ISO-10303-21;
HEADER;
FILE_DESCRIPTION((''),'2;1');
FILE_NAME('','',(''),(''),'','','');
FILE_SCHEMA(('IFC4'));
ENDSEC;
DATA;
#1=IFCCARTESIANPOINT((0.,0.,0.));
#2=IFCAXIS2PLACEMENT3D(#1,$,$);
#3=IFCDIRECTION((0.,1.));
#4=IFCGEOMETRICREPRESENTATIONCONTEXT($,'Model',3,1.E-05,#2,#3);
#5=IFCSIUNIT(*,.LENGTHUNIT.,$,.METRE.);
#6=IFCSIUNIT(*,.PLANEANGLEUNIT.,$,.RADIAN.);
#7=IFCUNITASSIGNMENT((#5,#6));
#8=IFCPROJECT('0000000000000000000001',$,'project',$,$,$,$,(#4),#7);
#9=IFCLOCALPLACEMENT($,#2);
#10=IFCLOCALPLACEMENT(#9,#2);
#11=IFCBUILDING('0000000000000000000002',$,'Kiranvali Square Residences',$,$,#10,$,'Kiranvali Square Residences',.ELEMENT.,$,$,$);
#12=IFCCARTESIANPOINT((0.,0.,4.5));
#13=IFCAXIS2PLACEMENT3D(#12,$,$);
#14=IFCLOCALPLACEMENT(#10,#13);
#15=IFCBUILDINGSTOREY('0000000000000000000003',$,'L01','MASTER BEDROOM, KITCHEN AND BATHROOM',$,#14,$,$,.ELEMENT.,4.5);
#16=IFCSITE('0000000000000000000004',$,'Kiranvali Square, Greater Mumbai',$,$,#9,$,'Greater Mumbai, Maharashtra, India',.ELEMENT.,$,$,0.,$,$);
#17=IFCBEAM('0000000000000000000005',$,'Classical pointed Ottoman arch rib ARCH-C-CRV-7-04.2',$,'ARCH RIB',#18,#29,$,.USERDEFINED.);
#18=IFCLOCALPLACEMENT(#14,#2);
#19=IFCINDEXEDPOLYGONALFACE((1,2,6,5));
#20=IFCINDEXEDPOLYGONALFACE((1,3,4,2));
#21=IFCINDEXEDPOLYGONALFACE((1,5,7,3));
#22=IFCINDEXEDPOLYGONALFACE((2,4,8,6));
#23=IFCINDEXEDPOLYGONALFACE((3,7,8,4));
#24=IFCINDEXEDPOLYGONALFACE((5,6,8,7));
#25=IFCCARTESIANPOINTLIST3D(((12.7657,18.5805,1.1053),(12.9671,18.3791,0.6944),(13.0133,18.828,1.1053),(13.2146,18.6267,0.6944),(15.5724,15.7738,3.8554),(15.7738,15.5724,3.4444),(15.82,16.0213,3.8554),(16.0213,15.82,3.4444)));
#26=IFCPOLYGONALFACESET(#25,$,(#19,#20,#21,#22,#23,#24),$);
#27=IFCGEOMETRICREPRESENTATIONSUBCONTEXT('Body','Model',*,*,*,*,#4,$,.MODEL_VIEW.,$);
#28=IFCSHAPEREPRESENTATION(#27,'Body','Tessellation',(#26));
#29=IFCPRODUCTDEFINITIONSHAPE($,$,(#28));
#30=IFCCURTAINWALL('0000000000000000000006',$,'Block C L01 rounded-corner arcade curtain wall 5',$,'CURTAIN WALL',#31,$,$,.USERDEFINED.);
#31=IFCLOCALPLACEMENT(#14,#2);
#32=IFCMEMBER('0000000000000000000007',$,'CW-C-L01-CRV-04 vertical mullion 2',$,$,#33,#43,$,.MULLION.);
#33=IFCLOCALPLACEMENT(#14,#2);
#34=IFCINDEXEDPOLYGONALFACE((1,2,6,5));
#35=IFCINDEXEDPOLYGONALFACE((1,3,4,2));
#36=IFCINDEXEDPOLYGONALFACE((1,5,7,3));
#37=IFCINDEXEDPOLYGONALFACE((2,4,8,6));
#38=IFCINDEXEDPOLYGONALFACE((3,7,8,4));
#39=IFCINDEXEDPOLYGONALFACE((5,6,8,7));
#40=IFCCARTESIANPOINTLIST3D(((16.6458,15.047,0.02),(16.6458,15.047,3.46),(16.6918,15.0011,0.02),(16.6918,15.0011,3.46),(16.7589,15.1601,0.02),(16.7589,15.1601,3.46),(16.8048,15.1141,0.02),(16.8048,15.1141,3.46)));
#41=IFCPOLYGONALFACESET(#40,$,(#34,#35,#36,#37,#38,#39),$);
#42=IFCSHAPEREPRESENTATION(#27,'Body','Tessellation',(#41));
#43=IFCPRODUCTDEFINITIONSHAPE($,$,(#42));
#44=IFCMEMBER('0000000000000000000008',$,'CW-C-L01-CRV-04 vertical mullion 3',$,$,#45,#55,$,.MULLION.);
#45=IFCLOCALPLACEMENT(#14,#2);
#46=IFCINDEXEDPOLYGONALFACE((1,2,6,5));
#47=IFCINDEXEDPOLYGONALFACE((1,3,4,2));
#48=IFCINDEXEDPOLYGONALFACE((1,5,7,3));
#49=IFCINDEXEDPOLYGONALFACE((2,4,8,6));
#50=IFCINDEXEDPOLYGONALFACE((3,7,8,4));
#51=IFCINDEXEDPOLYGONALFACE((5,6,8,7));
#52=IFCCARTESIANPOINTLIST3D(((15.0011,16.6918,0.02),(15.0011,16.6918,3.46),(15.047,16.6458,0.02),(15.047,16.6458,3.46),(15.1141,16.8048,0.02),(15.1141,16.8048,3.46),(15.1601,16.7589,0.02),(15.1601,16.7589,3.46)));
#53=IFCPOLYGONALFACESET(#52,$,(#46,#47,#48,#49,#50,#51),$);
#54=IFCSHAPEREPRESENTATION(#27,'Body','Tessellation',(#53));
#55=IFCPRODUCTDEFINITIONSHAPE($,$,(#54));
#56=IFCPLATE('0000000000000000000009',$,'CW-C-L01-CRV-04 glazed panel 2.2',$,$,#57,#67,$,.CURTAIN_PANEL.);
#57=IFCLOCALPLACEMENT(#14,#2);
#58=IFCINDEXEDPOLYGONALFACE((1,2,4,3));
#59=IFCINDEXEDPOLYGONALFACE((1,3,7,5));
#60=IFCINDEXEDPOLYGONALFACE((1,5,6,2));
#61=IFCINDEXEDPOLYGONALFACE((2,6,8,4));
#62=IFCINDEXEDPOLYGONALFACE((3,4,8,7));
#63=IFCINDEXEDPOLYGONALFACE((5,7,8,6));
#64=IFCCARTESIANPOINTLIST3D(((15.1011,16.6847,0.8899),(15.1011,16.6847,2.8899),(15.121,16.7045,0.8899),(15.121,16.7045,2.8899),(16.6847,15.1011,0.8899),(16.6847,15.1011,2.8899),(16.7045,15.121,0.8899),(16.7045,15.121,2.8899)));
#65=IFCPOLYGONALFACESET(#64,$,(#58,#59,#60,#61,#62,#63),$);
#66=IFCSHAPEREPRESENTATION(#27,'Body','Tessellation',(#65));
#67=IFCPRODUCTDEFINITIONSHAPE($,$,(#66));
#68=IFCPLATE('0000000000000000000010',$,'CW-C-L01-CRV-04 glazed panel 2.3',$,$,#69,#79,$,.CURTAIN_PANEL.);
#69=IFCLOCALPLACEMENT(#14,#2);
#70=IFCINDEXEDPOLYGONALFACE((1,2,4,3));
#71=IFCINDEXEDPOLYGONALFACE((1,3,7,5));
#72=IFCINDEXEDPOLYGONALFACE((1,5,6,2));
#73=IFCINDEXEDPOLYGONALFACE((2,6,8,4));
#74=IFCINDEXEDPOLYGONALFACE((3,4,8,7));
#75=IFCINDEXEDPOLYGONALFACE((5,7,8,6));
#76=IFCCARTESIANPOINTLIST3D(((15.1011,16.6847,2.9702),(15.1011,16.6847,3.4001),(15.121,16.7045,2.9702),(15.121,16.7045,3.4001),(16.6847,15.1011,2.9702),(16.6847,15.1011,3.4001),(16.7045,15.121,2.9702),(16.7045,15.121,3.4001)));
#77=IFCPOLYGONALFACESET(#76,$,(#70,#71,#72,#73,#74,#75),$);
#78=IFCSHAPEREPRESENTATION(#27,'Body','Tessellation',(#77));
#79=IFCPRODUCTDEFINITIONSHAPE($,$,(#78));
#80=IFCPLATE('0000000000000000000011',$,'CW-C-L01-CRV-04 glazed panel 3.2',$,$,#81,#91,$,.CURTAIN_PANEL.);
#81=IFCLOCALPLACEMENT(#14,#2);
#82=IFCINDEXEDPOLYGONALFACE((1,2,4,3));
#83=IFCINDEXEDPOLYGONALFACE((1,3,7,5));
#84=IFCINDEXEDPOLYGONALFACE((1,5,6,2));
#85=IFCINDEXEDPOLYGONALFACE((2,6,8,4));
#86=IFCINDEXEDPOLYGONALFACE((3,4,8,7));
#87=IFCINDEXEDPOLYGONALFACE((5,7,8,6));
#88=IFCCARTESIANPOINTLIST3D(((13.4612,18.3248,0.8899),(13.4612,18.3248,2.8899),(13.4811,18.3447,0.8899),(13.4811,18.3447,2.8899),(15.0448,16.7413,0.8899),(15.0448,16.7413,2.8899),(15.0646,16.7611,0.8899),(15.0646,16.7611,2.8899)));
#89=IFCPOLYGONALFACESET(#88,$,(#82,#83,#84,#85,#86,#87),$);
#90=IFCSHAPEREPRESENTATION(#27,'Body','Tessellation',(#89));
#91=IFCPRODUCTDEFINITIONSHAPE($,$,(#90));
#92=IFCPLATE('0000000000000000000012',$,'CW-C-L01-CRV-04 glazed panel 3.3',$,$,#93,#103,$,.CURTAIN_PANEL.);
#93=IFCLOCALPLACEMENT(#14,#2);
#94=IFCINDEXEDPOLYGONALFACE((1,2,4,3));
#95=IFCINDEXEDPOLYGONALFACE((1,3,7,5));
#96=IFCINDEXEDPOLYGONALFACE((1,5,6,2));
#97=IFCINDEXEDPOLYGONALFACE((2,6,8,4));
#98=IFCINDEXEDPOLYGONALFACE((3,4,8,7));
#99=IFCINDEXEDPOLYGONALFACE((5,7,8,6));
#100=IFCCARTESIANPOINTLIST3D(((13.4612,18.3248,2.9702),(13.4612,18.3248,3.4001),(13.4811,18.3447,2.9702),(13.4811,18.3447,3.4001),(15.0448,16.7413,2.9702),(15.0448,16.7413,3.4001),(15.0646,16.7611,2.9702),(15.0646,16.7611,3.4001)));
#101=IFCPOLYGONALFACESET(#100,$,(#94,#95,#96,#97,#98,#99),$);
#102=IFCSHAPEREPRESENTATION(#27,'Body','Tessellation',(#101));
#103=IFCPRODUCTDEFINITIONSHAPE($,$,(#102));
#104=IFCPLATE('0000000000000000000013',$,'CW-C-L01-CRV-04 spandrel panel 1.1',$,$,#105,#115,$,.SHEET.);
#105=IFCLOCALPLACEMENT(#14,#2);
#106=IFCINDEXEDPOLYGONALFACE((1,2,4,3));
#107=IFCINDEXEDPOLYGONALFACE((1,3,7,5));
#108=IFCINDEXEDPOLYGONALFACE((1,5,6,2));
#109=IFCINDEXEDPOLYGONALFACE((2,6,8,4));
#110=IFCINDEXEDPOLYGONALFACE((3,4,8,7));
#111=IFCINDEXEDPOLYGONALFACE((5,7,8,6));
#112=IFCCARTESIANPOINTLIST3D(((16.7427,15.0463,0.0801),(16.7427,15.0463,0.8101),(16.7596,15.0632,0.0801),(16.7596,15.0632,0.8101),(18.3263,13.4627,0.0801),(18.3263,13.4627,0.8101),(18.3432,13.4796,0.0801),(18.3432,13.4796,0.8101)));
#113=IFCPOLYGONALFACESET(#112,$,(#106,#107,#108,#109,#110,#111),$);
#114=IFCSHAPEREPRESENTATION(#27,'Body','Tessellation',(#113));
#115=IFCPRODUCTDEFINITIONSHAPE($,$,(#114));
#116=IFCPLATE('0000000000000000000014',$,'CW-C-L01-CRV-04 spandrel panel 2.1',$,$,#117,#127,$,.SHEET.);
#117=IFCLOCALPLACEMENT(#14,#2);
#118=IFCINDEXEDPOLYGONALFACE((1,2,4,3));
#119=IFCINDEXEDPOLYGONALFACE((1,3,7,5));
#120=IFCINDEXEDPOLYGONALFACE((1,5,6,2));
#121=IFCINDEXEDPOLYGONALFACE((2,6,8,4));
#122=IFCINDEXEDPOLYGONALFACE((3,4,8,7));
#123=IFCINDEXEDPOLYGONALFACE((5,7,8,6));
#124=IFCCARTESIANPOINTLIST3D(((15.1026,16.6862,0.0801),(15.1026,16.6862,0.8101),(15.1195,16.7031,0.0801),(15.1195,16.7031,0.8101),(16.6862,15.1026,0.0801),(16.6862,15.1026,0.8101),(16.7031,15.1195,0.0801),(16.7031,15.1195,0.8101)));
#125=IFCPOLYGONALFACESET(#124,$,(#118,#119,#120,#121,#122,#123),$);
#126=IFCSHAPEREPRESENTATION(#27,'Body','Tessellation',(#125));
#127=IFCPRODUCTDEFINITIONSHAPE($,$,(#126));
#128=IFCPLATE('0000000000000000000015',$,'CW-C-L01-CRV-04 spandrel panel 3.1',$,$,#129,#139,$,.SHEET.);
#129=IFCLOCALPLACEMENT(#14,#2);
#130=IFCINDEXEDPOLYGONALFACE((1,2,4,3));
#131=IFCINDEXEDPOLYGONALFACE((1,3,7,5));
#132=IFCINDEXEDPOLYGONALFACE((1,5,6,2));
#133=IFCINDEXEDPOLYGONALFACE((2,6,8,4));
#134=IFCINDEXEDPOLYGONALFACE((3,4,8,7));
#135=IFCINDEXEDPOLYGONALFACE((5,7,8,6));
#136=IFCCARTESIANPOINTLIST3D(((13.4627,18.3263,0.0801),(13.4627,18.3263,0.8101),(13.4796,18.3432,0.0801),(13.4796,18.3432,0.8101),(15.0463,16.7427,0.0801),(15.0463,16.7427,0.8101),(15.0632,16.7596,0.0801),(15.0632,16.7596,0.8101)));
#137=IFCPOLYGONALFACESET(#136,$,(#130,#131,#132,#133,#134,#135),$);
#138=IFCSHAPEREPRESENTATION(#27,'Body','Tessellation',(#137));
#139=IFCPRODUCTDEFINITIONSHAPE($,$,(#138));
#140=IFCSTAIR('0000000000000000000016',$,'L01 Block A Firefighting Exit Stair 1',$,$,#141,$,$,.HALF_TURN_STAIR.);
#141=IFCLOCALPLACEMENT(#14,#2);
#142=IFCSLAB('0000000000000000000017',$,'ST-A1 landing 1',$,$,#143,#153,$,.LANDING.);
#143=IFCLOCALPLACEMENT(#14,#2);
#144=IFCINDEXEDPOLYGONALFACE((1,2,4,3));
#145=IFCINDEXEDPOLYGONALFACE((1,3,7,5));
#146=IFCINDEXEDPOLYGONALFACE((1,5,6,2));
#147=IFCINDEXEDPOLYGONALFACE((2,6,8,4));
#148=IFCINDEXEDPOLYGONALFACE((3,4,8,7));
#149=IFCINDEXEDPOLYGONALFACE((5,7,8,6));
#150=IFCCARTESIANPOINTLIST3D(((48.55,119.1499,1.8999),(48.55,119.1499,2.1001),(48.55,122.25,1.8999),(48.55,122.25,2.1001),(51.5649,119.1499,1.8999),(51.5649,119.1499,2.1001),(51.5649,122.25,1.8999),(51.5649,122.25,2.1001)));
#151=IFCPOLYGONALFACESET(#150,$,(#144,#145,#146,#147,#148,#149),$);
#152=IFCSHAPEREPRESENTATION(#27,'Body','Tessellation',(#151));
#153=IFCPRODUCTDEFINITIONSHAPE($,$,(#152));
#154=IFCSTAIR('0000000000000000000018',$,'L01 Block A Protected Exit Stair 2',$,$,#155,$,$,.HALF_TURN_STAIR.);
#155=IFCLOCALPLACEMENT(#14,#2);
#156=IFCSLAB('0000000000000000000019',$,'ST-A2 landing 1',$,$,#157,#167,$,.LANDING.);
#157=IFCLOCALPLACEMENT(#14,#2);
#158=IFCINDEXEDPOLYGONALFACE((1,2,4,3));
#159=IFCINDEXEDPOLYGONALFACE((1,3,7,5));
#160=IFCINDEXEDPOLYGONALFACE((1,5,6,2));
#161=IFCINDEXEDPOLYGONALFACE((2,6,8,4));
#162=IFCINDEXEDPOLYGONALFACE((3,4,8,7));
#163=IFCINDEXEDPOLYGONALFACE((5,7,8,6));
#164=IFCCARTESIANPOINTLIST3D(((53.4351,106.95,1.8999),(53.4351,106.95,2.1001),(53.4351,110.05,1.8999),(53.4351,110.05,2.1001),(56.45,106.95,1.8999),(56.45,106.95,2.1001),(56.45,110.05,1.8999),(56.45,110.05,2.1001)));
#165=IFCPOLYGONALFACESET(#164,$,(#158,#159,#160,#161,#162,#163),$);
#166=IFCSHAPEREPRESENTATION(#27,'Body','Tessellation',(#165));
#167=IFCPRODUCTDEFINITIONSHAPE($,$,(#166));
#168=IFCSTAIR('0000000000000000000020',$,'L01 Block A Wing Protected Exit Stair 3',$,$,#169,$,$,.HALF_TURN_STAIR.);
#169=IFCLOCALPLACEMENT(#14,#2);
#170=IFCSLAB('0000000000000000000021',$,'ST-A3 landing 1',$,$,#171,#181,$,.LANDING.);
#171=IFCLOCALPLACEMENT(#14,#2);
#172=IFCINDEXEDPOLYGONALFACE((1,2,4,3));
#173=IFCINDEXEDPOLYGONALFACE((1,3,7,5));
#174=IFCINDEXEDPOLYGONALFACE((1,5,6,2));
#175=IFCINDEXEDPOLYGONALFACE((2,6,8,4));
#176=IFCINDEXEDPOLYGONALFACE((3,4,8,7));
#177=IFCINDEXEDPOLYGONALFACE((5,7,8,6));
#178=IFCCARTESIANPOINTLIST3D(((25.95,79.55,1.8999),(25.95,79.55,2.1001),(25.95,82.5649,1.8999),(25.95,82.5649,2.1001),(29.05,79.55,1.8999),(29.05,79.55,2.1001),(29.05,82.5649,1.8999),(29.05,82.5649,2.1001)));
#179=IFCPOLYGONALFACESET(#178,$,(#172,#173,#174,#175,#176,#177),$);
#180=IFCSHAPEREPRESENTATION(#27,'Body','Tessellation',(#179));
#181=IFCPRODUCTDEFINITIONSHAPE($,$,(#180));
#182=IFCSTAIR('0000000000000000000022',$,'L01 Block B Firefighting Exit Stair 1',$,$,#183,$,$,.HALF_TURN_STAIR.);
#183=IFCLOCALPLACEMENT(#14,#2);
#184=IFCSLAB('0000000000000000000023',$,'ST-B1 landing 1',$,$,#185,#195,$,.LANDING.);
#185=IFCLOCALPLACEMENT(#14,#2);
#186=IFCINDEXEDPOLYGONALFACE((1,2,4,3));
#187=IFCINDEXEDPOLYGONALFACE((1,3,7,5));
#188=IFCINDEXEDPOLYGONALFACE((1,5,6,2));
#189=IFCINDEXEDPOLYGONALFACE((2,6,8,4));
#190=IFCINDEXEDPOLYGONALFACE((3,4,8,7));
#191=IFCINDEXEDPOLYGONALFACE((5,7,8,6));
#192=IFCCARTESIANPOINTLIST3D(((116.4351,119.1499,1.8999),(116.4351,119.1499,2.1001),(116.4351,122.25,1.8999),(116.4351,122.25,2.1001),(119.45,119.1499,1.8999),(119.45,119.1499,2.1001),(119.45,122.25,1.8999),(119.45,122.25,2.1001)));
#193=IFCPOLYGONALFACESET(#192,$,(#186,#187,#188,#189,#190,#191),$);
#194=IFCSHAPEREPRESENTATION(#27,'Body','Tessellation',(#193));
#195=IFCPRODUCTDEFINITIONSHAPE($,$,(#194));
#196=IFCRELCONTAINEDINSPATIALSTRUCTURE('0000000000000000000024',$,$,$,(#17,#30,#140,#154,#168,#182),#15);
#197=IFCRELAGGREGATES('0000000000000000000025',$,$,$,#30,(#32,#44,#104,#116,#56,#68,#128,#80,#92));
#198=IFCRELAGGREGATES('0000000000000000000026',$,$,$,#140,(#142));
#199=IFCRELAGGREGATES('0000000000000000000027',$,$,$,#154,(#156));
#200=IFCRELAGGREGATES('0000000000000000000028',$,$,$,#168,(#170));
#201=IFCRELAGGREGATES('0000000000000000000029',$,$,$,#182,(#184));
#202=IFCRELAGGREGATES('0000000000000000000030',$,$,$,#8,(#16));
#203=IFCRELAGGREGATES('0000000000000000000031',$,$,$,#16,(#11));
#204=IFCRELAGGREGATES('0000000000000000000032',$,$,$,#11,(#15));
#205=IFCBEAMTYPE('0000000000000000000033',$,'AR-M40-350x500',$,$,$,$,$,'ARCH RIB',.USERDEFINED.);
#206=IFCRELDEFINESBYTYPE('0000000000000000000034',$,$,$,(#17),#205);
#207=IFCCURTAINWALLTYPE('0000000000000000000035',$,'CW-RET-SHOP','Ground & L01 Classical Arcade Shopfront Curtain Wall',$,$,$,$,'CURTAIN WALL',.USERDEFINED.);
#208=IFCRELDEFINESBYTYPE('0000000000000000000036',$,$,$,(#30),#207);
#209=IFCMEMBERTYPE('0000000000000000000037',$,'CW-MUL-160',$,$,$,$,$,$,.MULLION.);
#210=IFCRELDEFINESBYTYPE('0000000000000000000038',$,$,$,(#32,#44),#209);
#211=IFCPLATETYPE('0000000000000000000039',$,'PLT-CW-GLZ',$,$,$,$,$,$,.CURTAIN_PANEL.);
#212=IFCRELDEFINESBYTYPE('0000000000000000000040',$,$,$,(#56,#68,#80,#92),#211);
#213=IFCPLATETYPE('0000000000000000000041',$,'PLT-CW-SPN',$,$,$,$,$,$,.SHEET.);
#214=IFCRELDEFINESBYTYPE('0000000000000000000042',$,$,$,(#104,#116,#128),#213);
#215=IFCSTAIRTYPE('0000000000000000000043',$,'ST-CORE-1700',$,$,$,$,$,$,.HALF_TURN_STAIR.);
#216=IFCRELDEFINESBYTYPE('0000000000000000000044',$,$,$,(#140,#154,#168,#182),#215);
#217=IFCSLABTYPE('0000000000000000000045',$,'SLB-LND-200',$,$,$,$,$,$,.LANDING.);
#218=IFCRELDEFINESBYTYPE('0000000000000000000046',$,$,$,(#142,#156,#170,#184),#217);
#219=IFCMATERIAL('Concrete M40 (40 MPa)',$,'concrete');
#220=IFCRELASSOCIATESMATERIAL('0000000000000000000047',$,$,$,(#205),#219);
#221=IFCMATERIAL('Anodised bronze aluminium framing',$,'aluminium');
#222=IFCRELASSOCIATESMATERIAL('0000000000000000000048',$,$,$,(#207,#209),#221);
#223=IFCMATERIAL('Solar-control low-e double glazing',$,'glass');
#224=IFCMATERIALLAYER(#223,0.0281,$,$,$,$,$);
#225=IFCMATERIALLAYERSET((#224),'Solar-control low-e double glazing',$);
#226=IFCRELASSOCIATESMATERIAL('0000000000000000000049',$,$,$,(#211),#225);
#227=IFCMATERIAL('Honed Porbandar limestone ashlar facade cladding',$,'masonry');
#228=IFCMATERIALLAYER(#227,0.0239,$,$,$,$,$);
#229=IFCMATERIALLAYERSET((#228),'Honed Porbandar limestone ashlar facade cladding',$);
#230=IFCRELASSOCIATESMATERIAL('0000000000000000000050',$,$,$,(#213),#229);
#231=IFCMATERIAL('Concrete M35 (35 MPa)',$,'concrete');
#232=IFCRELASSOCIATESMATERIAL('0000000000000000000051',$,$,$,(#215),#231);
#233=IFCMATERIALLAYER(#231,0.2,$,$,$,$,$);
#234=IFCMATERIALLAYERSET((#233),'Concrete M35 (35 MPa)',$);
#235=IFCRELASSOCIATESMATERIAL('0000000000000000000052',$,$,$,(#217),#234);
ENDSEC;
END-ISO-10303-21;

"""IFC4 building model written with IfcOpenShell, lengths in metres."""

from ifc_helpers import new_model, si_unit, direction, frame, origin, origin_2d, place, context, subcontext, project, spatial, polyline, rectangle, outline, extrude, material, layer, layer_set, material_profile, profile_set, type_object, element, aggregate, save


model = new_model("IFC4")

# Units and contexts
model_context = context("Model", 3, precision=1e-05, world=origin(), true_north=direction((0.0, 1.0)))
body_context = subcontext(model_context, "Body", "Model", "MODEL_VIEW")
ifc_project = project(units=[si_unit("LENGTHUNIT", "METRE"), si_unit("PLANEANGLEUNIT", "RADIAN")], contexts=[model_context])

# Site, building, storey
site_placement = place(None, origin())
site = spatial("IfcSite", under=ifc_project, at=site_placement, Name="Kiranvali Square, Greater Mumbai", LongName="Greater Mumbai, Maharashtra, India", CompositionType="ELEMENT", RefElevation=0.0)
building_placement = place(site_placement, origin())
building = spatial("IfcBuilding", under=site, at=building_placement, Name="Kiranvali Square Residences", LongName="Kiranvali Square Residences", CompositionType="ELEMENT")
storey_placement = place(building_placement, frame((0.0, 0.0, 4.5)))
storey = spatial("IfcBuildingStorey", under=building, at=storey_placement, Name="L01", Description="MASTER BEDROOM, KITCHEN AND BATHROOM", CompositionType="ELEMENT", Elevation=4.5)

# Beam
ifc_material_1 = material(Name="Concrete M40 (40 MPa)", Category="concrete")
ifc_material_profile_1 = material_profile(ifc_material_1, rectangle(XDim=0.3501, YDim=0.5, at=origin_2d()), Name="RC 350x500")
ifc_profile_set_1 = profile_set([ifc_material_profile_1], Name="Concrete M40 (40 MPa)")
beam_type = type_object("IfcBeamType", Name="AR-M40-350x500", ElementType="ARCH RIB", PredefinedType="USERDEFINED", material=ifc_profile_set_1)
beam_placement = place(storey_placement, frame((15.7969, 15.7969, 3.6499), z_axis=(-0.581234, 0.581234, -0.569504), x_axis=(-0.707107, -0.707107, 0.0)))
element("IfcBeam", 1, at=beam_placement, inside=storey, type_object=beam_type, Name="Classical pointed Ottoman arch rib ARCH-C-CRV-7-04.2", ObjectType="ARCH RIB", PredefinedType="USERDEFINED", context=body_context, shape_type="SweptSolid", body=[
    extrude(rectangle(XDim=0.3501, YDim=0.5, at=origin_2d()), origin(), (0.0, 0.0, 1.0), 4.8289),
])

# Curtain wall, members, plates
ifc_material_2 = material(Name="Anodised bronze aluminium framing", Category="aluminium")
curtain_wall_type = type_object("IfcCurtainWallType", Name="CW-RET-SHOP", Description="Ground & L01 Classical Arcade Shopfront Curtain Wall", ElementType="CURTAIN WALL", PredefinedType="USERDEFINED", material=ifc_material_2)
curtain_wall_placement = place(storey_placement, origin())
curtain_wall = element("IfcCurtainWall", 2, at=curtain_wall_placement, inside=storey, type_object=curtain_wall_type, Name="Block C L01 rounded-corner arcade curtain wall 5", ObjectType="CURTAIN WALL", PredefinedType="USERDEFINED")
ifc_material_profile_2 = material_profile(ifc_material_2, rectangle(XDim=0.0649, YDim=0.1599, at=origin_2d()), Name="ALU 65x160")
ifc_profile_set_2 = profile_set([ifc_material_profile_2], Name="Anodised bronze aluminium framing")
member_type = type_object("IfcMemberType", Name="CW-MUL-160", PredefinedType="MULLION", material=ifc_profile_set_2)
member_1_placement = place(storey_placement, frame((16.7253, 15.0806, 0.02), z_axis=(0.0, 0.0, 1.0), x_axis=(-0.707107, 0.707107, 0.0)))
member_1 = element("IfcMember", 3, at=member_1_placement, type_object=member_type, Name="CW-C-L01-CRV-04 vertical mullion 2", PredefinedType="MULLION", context=body_context, shape_type="SweptSolid", body=[
    extrude(rectangle(XDim=0.0649, YDim=0.1599, at=origin_2d()), origin(), (0.0, 0.0, 1.0), 3.4399),
])
member_2_placement = place(storey_placement, frame((15.0806, 16.7253, 0.02), z_axis=(0.0, 0.0, 1.0), x_axis=(-0.707107, 0.707107, 0.0)))
member_2 = element("IfcMember", 4, at=member_2_placement, type_object=member_type, Name="CW-C-L01-CRV-04 vertical mullion 3", PredefinedType="MULLION", context=body_context, shape_type="SweptSolid", body=[
    extrude(rectangle(XDim=0.0649, YDim=0.1599, at=origin_2d()), origin(), (0.0, 0.0, 1.0), 3.4399),
])
ifc_material_3 = material(Name="Solar-control low-e double glazing", Category="glass")
ifc_layer_1 = layer(ifc_material_3, 0.0281)
ifc_layer_set_1 = layer_set([ifc_layer_1], Name="Solar-control low-e double glazing")
plate_type_1 = type_object("IfcPlateType", Name="PLT-CW-GLZ", PredefinedType="CURTAIN_PANEL", material=ifc_layer_set_1)
plate_1_placement = place(storey_placement, frame((15.9028, 15.9028, 0.8899), z_axis=(0.0, 0.0, 1.0), x_axis=(-0.707107, 0.707107, 0.0)))
plate_1 = element("IfcPlate", 5, at=plate_1_placement, type_object=plate_type_1, Name="CW-C-L01-CRV-04 glazed panel 2.2", PredefinedType="CURTAIN_PANEL", context=body_context, shape_type="SweptSolid", body=[
    extrude(rectangle(XDim=2.2395, YDim=0.0281, at=origin_2d()), origin(), (0.0, 0.0, 1.0), 2.0),
])
plate_2_placement = place(storey_placement, frame((15.9028, 15.9028, 2.9702), z_axis=(0.0, 0.0, 1.0), x_axis=(-0.707107, 0.707107, 0.0)))
plate_2 = element("IfcPlate", 6, at=plate_2_placement, type_object=plate_type_1, Name="CW-C-L01-CRV-04 glazed panel 2.3", PredefinedType="CURTAIN_PANEL", context=body_context, shape_type="SweptSolid", body=[
    extrude(rectangle(XDim=2.2395, YDim=0.0281, at=origin_2d()), origin(), (0.0, 0.0, 1.0), 0.4299),
])
plate_3_placement = place(storey_placement, frame((14.2629, 17.543, 0.8899), z_axis=(0.0, 0.0, 1.0), x_axis=(-0.707107, 0.707107, 0.0)))
plate_3 = element("IfcPlate", 7, at=plate_3_placement, type_object=plate_type_1, Name="CW-C-L01-CRV-04 glazed panel 3.2", PredefinedType="CURTAIN_PANEL", context=body_context, shape_type="SweptSolid", body=[
    extrude(rectangle(XDim=2.2395, YDim=0.0281, at=origin_2d()), origin(), (0.0, 0.0, 1.0), 2.0),
])
plate_4_placement = place(storey_placement, frame((14.2629, 17.543, 2.9702), z_axis=(0.0, 0.0, 1.0), x_axis=(-0.707107, 0.707107, 0.0)))
plate_4 = element("IfcPlate", 8, at=plate_4_placement, type_object=plate_type_1, Name="CW-C-L01-CRV-04 glazed panel 3.3", PredefinedType="CURTAIN_PANEL", context=body_context, shape_type="SweptSolid", body=[
    extrude(rectangle(XDim=2.2395, YDim=0.0281, at=origin_2d()), origin(), (0.0, 0.0, 1.0), 0.4299),
])
ifc_material_4 = material(Name="Honed Porbandar limestone ashlar facade cladding", Category="masonry")
ifc_layer_2 = layer(ifc_material_4, 0.0239)
ifc_layer_set_2 = layer_set([ifc_layer_2], Name="Honed Porbandar limestone ashlar facade cladding")
plate_type_2 = type_object("IfcPlateType", Name="PLT-CW-SPN", PredefinedType="SHEET", material=ifc_layer_set_2)
plate_5_placement = place(storey_placement, frame((17.543, 14.2629, 0.0801), z_axis=(0.0, 0.0, 1.0), x_axis=(-0.707107, 0.707107, 0.0)))
plate_5 = element("IfcPlate", 9, at=plate_5_placement, type_object=plate_type_2, Name="CW-C-L01-CRV-04 spandrel panel 1.1", PredefinedType="SHEET", context=body_context, shape_type="SweptSolid", body=[
    extrude(rectangle(XDim=2.2395, YDim=0.0239, at=origin_2d()), origin(), (0.0, 0.0, 1.0), 0.73),
])
plate_6_placement = place(storey_placement, frame((15.9028, 15.9028, 0.0801), z_axis=(0.0, 0.0, 1.0), x_axis=(-0.707107, 0.707107, 0.0)))
plate_6 = element("IfcPlate", 10, at=plate_6_placement, type_object=plate_type_2, Name="CW-C-L01-CRV-04 spandrel panel 2.1", PredefinedType="SHEET", context=body_context, shape_type="SweptSolid", body=[
    extrude(rectangle(XDim=2.2395, YDim=0.0239, at=origin_2d()), origin(), (0.0, 0.0, 1.0), 0.73),
])
plate_7_placement = place(storey_placement, frame((14.2629, 17.543, 0.0801), z_axis=(0.0, 0.0, 1.0), x_axis=(-0.707107, 0.707107, 0.0)))
plate_7 = element("IfcPlate", 11, at=plate_7_placement, type_object=plate_type_2, Name="CW-C-L01-CRV-04 spandrel panel 3.1", PredefinedType="SHEET", context=body_context, shape_type="SweptSolid", body=[
    extrude(rectangle(XDim=2.2395, YDim=0.0239, at=origin_2d()), origin(), (0.0, 0.0, 1.0), 0.73),
])
aggregate(curtain_wall, [member_1, member_2, plate_5, plate_6, plate_1, plate_2, plate_7, plate_3, plate_4])

# Stairs, slabs
ifc_material_5 = material(Name="Concrete M35 (35 MPa)", Category="concrete")
stair_type = type_object("IfcStairType", Name="ST-CORE-1700", PredefinedType="HALF_TURN_STAIR", material=ifc_material_5)
stair_1_placement = place(storey_placement, origin())
stair_1 = element("IfcStair", 12, at=stair_1_placement, inside=storey, type_object=stair_type, Name="L01 Block A Firefighting Exit Stair 1", PredefinedType="HALF_TURN_STAIR")
ifc_layer_3 = layer(ifc_material_5, 0.2)
ifc_layer_set_3 = layer_set([ifc_layer_3], Name="Concrete M35 (35 MPa)")
slab_type = type_object("IfcSlabType", Name="SLB-LND-200", PredefinedType="LANDING", material=ifc_layer_set_3)
slab_1_placement = place(storey_placement, frame((0.0, 0.0, 1.8999)))
slab_1 = element("IfcSlab", 13, at=slab_1_placement, type_object=slab_type, Name="ST-A1 landing 1", PredefinedType="LANDING", context=body_context, shape_type="SweptSolid", body=[
    extrude(outline(polyline([(51.5649, 122.25), (48.55, 122.25), (48.55, 119.1499), (51.5649, 119.1499), (51.5649, 122.25)])), origin(), (0.0, 0.0, 1.0), 0.2002),
])
aggregate(stair_1, [slab_1])
stair_2_placement = place(storey_placement, origin())
stair_2 = element("IfcStair", 14, at=stair_2_placement, inside=storey, type_object=stair_type, Name="L01 Block A Protected Exit Stair 2", PredefinedType="HALF_TURN_STAIR")
slab_2_placement = place(storey_placement, frame((0.0, 0.0, 1.8999)))
slab_2 = element("IfcSlab", 15, at=slab_2_placement, type_object=slab_type, Name="ST-A2 landing 1", PredefinedType="LANDING", context=body_context, shape_type="SweptSolid", body=[
    extrude(outline(polyline([(53.4351, 106.95), (56.45, 106.95), (56.45, 110.05), (53.4351, 110.05), (53.4351, 106.95)])), origin(), (0.0, 0.0, 1.0), 0.2002),
])
aggregate(stair_2, [slab_2])
stair_3_placement = place(storey_placement, origin())
stair_3 = element("IfcStair", 16, at=stair_3_placement, inside=storey, type_object=stair_type, Name="L01 Block A Wing Protected Exit Stair 3", PredefinedType="HALF_TURN_STAIR")
slab_3_placement = place(storey_placement, frame((0.0, 0.0, 1.8999)))
slab_3 = element("IfcSlab", 17, at=slab_3_placement, type_object=slab_type, Name="ST-A3 landing 1", PredefinedType="LANDING", context=body_context, shape_type="SweptSolid", body=[
    extrude(outline(polyline([(25.95, 82.5649), (25.95, 79.55), (29.05, 79.55), (29.05, 82.5649), (25.95, 82.5649)])), origin(), (0.0, 0.0, 1.0), 0.2002),
])
aggregate(stair_3, [slab_3])
stair_4_placement = place(storey_placement, origin())
stair_4 = element("IfcStair", 18, at=stair_4_placement, inside=storey, type_object=stair_type, Name="L01 Block B Firefighting Exit Stair 1", PredefinedType="HALF_TURN_STAIR")
slab_4_placement = place(storey_placement, frame((0.0, 0.0, 1.8999)))
slab_4 = element("IfcSlab", 19, at=slab_4_placement, type_object=slab_type, Name="ST-B1 landing 1", PredefinedType="LANDING", context=body_context, shape_type="SweptSolid", body=[
    extrude(outline(polyline([(116.4351, 119.1499), (119.45, 119.1499), (119.45, 122.25), (116.4351, 122.25), (116.4351, 119.1499)])), origin(), (0.0, 0.0, 1.0), 0.2002),
])
aggregate(stair_4, [slab_4])

save(model, "model.ifc")
